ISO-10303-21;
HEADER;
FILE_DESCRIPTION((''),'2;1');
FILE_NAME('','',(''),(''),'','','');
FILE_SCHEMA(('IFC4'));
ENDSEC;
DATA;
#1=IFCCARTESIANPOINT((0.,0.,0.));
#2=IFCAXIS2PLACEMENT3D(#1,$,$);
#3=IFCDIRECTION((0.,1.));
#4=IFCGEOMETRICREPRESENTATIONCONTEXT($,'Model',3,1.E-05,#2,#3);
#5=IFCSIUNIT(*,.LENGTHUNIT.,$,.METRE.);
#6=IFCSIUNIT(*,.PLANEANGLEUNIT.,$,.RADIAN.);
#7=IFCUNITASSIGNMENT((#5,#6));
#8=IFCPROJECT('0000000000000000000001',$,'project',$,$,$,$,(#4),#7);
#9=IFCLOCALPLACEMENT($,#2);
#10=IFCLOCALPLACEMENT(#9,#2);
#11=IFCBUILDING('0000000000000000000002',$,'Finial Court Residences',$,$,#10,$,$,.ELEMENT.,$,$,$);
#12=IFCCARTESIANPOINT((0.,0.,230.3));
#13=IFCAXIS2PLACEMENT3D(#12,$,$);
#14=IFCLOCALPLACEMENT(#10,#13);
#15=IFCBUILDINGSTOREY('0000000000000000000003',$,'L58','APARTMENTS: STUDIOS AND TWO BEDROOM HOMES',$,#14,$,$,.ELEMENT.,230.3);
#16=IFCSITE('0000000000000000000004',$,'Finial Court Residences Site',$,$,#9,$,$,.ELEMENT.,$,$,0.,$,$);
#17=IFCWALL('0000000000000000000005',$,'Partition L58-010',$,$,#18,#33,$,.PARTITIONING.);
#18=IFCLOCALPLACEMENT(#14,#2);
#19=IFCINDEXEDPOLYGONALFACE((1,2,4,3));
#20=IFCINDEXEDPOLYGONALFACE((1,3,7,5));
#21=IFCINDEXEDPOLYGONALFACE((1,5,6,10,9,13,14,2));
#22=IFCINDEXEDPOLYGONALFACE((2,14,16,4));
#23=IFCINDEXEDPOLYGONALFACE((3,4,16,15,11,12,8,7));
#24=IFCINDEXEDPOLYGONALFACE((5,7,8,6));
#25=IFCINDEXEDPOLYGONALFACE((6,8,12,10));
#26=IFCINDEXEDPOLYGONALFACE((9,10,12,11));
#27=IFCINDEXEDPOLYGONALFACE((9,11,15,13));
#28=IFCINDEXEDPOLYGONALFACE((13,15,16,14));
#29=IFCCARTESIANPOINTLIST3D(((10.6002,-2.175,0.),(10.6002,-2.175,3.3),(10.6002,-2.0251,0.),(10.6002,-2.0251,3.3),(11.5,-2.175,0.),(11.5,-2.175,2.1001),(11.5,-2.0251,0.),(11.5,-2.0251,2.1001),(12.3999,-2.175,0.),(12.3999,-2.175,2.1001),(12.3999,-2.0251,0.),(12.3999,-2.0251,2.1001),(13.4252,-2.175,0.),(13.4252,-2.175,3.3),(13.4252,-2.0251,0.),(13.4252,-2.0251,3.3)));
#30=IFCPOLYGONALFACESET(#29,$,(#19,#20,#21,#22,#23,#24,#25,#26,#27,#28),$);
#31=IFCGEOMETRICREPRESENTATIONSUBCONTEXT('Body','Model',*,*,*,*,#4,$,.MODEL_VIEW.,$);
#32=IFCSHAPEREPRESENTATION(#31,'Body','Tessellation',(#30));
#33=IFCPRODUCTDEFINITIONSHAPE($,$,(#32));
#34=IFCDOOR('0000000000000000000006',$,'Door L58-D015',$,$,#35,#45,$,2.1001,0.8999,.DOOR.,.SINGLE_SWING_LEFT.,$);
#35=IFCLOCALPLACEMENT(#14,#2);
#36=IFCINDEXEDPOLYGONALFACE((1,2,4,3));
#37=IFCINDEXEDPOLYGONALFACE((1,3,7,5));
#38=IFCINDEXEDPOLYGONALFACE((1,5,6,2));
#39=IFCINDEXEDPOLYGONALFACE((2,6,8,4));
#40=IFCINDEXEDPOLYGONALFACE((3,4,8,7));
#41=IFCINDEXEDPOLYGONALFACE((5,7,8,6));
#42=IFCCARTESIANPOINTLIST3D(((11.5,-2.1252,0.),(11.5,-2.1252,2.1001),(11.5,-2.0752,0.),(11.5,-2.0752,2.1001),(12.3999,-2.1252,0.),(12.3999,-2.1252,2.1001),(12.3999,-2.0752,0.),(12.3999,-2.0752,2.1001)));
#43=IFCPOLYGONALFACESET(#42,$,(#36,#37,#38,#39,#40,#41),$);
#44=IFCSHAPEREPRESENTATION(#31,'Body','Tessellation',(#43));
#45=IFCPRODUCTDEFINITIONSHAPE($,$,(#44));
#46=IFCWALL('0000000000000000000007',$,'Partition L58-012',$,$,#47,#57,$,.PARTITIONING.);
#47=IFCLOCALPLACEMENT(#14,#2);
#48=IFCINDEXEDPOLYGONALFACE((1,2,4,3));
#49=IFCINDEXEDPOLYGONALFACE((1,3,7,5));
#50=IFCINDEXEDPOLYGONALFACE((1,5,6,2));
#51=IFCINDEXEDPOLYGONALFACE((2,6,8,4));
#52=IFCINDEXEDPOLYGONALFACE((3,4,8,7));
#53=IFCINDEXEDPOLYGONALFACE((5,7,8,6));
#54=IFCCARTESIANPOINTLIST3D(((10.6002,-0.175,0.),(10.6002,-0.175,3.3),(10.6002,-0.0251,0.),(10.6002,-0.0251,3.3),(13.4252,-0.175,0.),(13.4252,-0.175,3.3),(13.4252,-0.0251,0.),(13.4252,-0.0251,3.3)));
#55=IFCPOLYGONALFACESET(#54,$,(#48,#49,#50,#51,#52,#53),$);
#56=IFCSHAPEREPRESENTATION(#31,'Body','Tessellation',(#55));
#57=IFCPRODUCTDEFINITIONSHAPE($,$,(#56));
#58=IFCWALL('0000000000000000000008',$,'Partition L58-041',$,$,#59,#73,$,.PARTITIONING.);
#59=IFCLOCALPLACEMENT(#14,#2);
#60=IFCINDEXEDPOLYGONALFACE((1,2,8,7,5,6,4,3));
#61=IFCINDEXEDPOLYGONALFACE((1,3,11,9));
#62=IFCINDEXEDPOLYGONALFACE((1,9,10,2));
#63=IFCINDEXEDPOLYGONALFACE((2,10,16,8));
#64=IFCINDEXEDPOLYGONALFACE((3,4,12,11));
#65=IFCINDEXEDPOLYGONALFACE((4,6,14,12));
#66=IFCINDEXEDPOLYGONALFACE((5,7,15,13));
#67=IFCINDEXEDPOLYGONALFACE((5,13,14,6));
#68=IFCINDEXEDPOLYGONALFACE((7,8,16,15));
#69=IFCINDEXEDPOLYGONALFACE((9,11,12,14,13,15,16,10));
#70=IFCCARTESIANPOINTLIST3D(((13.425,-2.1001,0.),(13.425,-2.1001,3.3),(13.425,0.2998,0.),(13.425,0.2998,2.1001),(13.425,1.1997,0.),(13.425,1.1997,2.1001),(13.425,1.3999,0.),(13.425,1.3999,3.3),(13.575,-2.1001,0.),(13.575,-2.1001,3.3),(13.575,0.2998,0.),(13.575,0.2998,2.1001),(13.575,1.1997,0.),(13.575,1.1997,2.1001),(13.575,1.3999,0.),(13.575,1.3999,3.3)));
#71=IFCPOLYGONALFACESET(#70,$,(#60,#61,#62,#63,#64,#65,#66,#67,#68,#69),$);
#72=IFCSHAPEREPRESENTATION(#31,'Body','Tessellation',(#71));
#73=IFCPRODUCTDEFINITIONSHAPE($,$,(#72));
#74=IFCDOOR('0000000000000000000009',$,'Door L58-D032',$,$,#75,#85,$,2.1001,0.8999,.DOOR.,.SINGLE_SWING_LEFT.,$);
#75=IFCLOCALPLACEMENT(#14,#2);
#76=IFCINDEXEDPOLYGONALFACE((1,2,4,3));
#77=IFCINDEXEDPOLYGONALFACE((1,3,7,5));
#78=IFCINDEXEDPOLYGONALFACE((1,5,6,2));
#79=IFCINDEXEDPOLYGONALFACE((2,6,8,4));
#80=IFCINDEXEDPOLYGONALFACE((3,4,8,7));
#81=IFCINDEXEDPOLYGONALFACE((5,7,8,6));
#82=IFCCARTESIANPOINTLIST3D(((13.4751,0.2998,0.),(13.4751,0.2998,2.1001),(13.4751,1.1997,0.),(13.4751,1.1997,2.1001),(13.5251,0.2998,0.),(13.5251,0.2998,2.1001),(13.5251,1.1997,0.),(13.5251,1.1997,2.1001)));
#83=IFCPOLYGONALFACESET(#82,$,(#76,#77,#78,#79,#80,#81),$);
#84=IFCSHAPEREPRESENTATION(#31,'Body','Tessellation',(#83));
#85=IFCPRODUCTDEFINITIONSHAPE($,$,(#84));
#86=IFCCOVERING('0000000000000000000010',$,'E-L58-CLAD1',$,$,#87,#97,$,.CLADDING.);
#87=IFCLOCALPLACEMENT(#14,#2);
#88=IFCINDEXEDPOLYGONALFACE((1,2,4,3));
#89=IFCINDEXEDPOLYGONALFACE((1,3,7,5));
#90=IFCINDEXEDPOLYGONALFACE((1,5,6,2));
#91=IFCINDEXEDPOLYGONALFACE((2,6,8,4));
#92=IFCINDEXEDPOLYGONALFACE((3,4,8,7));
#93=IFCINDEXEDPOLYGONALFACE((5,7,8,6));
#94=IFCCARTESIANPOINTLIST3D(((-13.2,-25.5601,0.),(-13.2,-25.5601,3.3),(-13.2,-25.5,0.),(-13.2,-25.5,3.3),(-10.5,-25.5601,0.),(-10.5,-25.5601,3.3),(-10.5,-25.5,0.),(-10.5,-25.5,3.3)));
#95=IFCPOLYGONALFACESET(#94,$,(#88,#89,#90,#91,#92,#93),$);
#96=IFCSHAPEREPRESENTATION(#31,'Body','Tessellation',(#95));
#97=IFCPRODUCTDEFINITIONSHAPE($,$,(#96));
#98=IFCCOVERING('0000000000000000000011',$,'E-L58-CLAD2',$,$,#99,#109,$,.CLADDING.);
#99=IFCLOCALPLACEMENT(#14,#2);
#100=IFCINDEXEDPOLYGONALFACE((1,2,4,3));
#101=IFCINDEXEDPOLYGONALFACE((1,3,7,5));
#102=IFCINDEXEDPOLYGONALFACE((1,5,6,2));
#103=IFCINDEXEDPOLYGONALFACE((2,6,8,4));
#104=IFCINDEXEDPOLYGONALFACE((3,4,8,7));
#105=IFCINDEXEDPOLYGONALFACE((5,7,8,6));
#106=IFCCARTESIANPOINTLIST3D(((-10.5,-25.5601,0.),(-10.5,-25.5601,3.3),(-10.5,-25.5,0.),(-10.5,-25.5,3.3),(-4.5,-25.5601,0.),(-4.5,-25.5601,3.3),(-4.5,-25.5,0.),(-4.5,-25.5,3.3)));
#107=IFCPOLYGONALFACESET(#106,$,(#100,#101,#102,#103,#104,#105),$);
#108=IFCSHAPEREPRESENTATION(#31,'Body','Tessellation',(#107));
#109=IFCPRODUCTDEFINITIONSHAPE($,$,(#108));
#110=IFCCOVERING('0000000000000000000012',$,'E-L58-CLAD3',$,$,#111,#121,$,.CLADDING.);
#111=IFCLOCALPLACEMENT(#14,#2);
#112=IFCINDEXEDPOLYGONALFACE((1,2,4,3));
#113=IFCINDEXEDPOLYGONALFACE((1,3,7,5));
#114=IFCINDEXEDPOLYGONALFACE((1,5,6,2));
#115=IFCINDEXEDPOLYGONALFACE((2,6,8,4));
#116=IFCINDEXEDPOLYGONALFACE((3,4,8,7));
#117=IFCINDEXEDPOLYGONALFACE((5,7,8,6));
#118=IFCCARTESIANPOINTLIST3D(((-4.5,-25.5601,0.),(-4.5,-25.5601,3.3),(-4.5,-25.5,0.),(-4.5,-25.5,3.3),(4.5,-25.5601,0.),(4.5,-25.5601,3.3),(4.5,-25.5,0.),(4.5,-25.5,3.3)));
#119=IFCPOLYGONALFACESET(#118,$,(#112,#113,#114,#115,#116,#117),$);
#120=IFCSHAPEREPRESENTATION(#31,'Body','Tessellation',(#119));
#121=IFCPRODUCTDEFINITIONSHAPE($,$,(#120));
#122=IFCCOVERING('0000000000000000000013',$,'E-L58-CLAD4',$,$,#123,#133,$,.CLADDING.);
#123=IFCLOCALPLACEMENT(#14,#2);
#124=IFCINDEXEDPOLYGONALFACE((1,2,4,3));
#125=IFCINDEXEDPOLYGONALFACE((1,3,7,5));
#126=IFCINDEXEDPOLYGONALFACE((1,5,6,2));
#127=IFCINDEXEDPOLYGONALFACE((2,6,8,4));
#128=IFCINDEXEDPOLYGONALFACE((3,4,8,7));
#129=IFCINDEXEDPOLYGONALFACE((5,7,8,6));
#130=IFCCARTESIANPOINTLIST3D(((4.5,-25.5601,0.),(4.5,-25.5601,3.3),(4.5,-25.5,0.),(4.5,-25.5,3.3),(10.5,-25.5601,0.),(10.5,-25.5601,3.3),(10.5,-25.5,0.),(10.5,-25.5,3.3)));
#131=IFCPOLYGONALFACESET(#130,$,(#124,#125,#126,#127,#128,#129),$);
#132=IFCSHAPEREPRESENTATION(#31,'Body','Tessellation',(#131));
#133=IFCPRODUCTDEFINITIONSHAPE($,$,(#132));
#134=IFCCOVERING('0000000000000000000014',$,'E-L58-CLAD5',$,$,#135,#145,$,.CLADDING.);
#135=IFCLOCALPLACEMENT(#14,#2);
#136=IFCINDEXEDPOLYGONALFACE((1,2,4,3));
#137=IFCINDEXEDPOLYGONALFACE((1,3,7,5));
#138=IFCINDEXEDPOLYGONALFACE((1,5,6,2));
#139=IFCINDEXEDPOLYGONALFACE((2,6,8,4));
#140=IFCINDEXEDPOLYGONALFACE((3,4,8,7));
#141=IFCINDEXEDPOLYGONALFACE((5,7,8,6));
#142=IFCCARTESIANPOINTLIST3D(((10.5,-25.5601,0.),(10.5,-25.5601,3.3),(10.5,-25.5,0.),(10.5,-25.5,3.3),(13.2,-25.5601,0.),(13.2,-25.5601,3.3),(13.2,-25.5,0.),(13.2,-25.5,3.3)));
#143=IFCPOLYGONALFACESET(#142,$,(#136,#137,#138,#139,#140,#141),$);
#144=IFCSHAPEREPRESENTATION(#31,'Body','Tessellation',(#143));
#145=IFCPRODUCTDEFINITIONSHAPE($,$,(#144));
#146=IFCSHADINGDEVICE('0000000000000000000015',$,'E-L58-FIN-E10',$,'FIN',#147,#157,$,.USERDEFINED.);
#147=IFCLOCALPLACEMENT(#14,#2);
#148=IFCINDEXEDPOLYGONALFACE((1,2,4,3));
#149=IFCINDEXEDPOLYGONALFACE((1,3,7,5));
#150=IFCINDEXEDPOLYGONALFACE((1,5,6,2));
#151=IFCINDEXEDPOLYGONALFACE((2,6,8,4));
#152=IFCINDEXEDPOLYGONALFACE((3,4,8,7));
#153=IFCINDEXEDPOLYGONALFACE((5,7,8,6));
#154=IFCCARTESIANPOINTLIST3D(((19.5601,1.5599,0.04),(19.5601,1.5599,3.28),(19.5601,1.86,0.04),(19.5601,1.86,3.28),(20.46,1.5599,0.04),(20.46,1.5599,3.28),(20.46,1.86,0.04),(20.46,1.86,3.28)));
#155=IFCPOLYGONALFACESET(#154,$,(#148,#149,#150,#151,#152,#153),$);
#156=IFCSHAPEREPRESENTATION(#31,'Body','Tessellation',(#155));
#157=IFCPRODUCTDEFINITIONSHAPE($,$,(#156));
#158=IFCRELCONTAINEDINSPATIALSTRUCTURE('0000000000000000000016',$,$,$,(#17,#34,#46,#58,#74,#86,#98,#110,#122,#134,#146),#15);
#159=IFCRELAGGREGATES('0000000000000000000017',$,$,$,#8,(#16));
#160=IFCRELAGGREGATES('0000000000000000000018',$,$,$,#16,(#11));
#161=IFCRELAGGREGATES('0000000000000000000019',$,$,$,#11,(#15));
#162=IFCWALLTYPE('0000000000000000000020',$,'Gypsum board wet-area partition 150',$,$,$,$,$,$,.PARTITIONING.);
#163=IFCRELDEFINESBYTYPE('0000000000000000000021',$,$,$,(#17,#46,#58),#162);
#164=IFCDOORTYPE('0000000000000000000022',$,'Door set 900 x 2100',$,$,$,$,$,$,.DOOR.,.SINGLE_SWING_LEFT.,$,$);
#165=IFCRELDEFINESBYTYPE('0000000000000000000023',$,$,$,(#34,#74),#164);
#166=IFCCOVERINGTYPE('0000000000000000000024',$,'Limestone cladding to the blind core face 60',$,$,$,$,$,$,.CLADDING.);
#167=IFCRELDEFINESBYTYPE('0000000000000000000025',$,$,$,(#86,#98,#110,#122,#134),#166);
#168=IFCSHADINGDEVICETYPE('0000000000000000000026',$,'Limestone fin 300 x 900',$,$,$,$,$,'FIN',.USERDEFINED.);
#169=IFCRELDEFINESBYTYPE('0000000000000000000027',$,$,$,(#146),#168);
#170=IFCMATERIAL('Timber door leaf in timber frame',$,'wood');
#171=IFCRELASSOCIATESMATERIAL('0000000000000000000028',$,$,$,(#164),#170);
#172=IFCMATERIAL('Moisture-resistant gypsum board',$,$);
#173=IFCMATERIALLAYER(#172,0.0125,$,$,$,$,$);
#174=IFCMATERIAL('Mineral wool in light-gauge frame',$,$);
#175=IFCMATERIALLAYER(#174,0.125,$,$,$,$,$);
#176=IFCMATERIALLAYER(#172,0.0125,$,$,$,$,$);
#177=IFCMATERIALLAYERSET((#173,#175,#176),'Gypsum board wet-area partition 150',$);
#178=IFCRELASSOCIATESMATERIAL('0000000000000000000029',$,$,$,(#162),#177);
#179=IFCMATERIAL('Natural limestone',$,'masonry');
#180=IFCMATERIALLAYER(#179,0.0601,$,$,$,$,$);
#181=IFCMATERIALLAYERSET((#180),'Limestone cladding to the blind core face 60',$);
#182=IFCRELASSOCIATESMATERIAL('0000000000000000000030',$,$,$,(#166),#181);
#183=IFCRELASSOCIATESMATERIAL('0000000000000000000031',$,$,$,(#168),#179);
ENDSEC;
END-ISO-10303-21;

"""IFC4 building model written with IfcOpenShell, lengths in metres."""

from ifc_helpers import new_model, si_unit, direction, frame, frame_2d, origin, origin_2d, place, context, subcontext, project, spatial, polyline, rectangle, outline, extrude, material, layer, layer_set, type_object, element, fill, save


model = new_model("IFC4")

# Units and contexts
model_context = context("Model", 3, precision=1e-05, world=origin(), true_north=direction((0.0, 1.0)))
body_context = subcontext(model_context, "Body", "Model", "MODEL_VIEW")
ifc_project = project(units=[si_unit("LENGTHUNIT", "METRE"), si_unit("PLANEANGLEUNIT", "RADIAN")], contexts=[model_context])

# Site, building, storey
site_placement = place(None, origin())
site = spatial("IfcSite", under=ifc_project, at=site_placement, Name="Finial Court Residences Site", CompositionType="ELEMENT", RefElevation=0.0)
building_placement = place(site_placement, origin())
building = spatial("IfcBuilding", under=site, at=building_placement, Name="Finial Court Residences", CompositionType="ELEMENT")
storey_placement = place(building_placement, frame((0.0, 0.0, 230.3)))
storey = spatial("IfcBuildingStorey", under=building, at=storey_placement, Name="L58", Description="APARTMENTS: STUDIOS AND TWO BEDROOM HOMES", CompositionType="ELEMENT", Elevation=230.3)

# Shared definitions
ifc_material_1 = material(Name="Mineral wool in light-gauge frame")

# Shared definitions
ifc_material_2 = material(Name="Timber door leaf in timber frame", Category="wood")
door_type = type_object("IfcDoorType", Name="Door set 900 x 2100", OperationType="SINGLE_SWING_LEFT", PredefinedType="DOOR", material=ifc_material_2)

# Wall, opening, door
ifc_material_3 = material(Name="Moisture-resistant gypsum board")
ifc_layer_1 = layer(ifc_material_3, 0.0125)
ifc_layer_2 = layer(ifc_material_1, 0.125)
ifc_layer_3 = layer(ifc_material_3, 0.0125)
ifc_layer_set_1 = layer_set([ifc_layer_1, ifc_layer_2, ifc_layer_3], Name="Gypsum board wet-area partition 150")
wall_type_1 = type_object("IfcWallType", Name="Gypsum board wet-area partition 150", PredefinedType="PARTITIONING", material=ifc_layer_set_1)
wall_1_placement = place(storey_placement, frame((10.6001, -2.1001, 0.0), z_axis=(0.0, 0.0, 1.0), x_axis=(1.0, 0.0, 0.0)))
wall_1 = element("IfcWall", 1, at=wall_1_placement, inside=storey, type_object=wall_type_1, Name="Partition L58-010", PredefinedType="PARTITIONING", context=body_context, shape_type="SweptSolid", body=[
    extrude(rectangle(XDim=2.825, YDim=0.1499, at=frame_2d((1.4126, 0.0))), origin(), (0.0, 0.0, 1.0), 3.3),
])
opening_1_placement = place(wall_1_placement, frame((0.8999, 0.0, 0.0)))
opening_1 = element("IfcOpeningElement", 2, at=opening_1_placement, cuts=wall_1, PredefinedType="OPENING", context=body_context, shape_type="SweptSolid", body=[
    extrude(rectangle(XDim=0.8999, YDim=2.1001, at=frame_2d((0.45, 1.05))), frame((0.0, 0.085, 0.0), z_axis=(0.0, -1.0, 0.0), x_axis=(1.0, 0.0, 0.0)), (0.0, 0.0, 1.0), 0.1699),
])
door_1_placement = place(opening_1_placement, origin())
door_1 = element("IfcDoor", 3, at=door_1_placement, inside=storey, type_object=door_type, Name="Door L58-D015", OperationType="SINGLE_SWING_LEFT", OverallHeight=2.1001, OverallWidth=0.8999, PredefinedType="DOOR", context=body_context, shape_type="SweptSolid", body=[
    extrude(rectangle(XDim=0.8999, YDim=2.1001, at=frame_2d((0.45, 1.05))), frame((0.0, 0.0249, 0.0), z_axis=(0.0, -1.0, 0.0), x_axis=(1.0, 0.0, 0.0)), (0.0, 0.0, 1.0), 0.05),
])
fill(opening_1, door_1)

# Wall
wall_2_placement = place(storey_placement, frame((10.6001, -0.1001, 0.0), z_axis=(0.0, 0.0, 1.0), x_axis=(1.0, 0.0, 0.0)))
element("IfcWall", 4, at=wall_2_placement, inside=storey, type_object=wall_type_1, Name="Partition L58-012", PredefinedType="PARTITIONING", context=body_context, shape_type="SweptSolid", body=[
    extrude(rectangle(XDim=2.825, YDim=0.1499, at=frame_2d((1.4126, 0.0))), origin(), (0.0, 0.0, 1.0), 3.3),
])

# Wall, opening, door
wall_3_placement = place(storey_placement, frame((13.5, -2.1001, 0.0), z_axis=(0.0, 0.0, 1.0), x_axis=(0.0, 1.0, 0.0)))
wall_3 = element("IfcWall", 5, at=wall_3_placement, inside=storey, type_object=wall_type_1, Name="Partition L58-041", PredefinedType="PARTITIONING", context=body_context, shape_type="SweptSolid", body=[
    extrude(rectangle(XDim=3.5, YDim=0.1499, at=frame_2d((1.75, 0.0))), origin(), (0.0, 0.0, 1.0), 3.3),
])
opening_2_placement = place(wall_3_placement, frame((2.3999, 0.0, 0.0)))
opening_2 = element("IfcOpeningElement", 6, at=opening_2_placement, cuts=wall_3, PredefinedType="OPENING", context=body_context, shape_type="SweptSolid", body=[
    extrude(rectangle(XDim=0.8999, YDim=2.1001, at=frame_2d((0.45, 1.05))), frame((0.0, 0.085, 0.0), z_axis=(0.0, -1.0, 0.0), x_axis=(1.0, 0.0, 0.0)), (0.0, 0.0, 1.0), 0.1699),
])
door_2_placement = place(opening_2_placement, origin())
door_2 = element("IfcDoor", 7, at=door_2_placement, inside=storey, type_object=door_type, Name="Door L58-D032", OperationType="SINGLE_SWING_LEFT", OverallHeight=2.1001, OverallWidth=0.8999, PredefinedType="DOOR", context=body_context, shape_type="SweptSolid", body=[
    extrude(rectangle(XDim=0.8999, YDim=2.1001, at=frame_2d((0.45, 1.05))), frame((0.0, 0.0249, 0.0), z_axis=(0.0, -1.0, 0.0), x_axis=(1.0, 0.0, 0.0)), (0.0, 0.0, 1.0), 0.05),
])
fill(opening_2, door_2)

# Coverings
ifc_material_4 = material(Name="Natural limestone", Category="masonry")
ifc_layer_4 = layer(ifc_material_4, 0.0601)
ifc_layer_set_2 = layer_set([ifc_layer_4], Name="Limestone cladding to the blind core face 60")
covering_type_1 = type_object("IfcCoveringType", Name="Limestone cladding to the blind core face 60", PredefinedType="CLADDING", material=ifc_layer_set_2)
covering_1_placement = place(storey_placement, origin())
element("IfcCovering", 8, at=covering_1_placement, inside=storey, type_object=covering_type_1, Name="E-L58-CLAD1", PredefinedType="CLADDING", context=body_context, shape_type="SweptSolid", body=[
    extrude(outline(polyline([(-10.5, -25.5601), (-10.5, -25.5), (-13.2, -25.5), (-13.2, -25.5601), (-10.5, -25.5601)])), origin(), (0.0, 0.0, 1.0), 3.3),
])
covering_2_placement = place(storey_placement, origin())
element("IfcCovering", 9, at=covering_2_placement, inside=storey, type_object=covering_type_1, Name="E-L58-CLAD2", PredefinedType="CLADDING", context=body_context, shape_type="SweptSolid", body=[
    extrude(outline(polyline([(-4.5, -25.5601), (-4.5, -25.5), (-10.5, -25.5), (-10.5, -25.5601), (-4.5, -25.5601)])), origin(), (0.0, 0.0, 1.0), 3.3),
])
covering_3_placement = place(storey_placement, origin())
element("IfcCovering", 10, at=covering_3_placement, inside=storey, type_object=covering_type_1, Name="E-L58-CLAD3", PredefinedType="CLADDING", context=body_context, shape_type="SweptSolid", body=[
    extrude(outline(polyline([(4.5, -25.5601), (4.5, -25.5), (-4.5, -25.5), (-4.5, -25.5601), (4.5, -25.5601)])), origin(), (0.0, 0.0, 1.0), 3.3),
])
covering_4_placement = place(storey_placement, origin())
element("IfcCovering", 11, at=covering_4_placement, inside=storey, type_object=covering_type_1, Name="E-L58-CLAD4", PredefinedType="CLADDING", context=body_context, shape_type="SweptSolid", body=[
    extrude(outline(polyline([(10.5, -25.5601), (10.5, -25.5), (4.5, -25.5), (4.5, -25.5601), (10.5, -25.5601)])), origin(), (0.0, 0.0, 1.0), 3.3),
])
covering_5_placement = place(storey_placement, origin())
element("IfcCovering", 12, at=covering_5_placement, inside=storey, type_object=covering_type_1, Name="E-L58-CLAD5", PredefinedType="CLADDING", context=body_context, shape_type="SweptSolid", body=[
    extrude(outline(polyline([(13.2, -25.5601), (13.2, -25.5), (10.5, -25.5), (10.5, -25.5601), (13.2, -25.5601)])), origin(), (0.0, 0.0, 1.0), 3.3),
])

# Shading device
shading_device_type = type_object("IfcShadingDeviceType", Name="Limestone fin 300 x 900", ElementType="FIN", PredefinedType="USERDEFINED", material=ifc_material_4)
shading_device_placement = place(storey_placement, frame((20.01, 1.71, 0.04), z_axis=(0.0, 0.0, 1.0), x_axis=(1.0, 0.0, 0.0)))
element("IfcShadingDevice", 13, at=shading_device_placement, inside=storey, type_object=shading_device_type, Name="E-L58-FIN-E10", ObjectType="FIN", PredefinedType="USERDEFINED", context=body_context, shape_type="SweptSolid", body=[
    extrude(rectangle(XDim=0.8999, YDim=0.3, at=origin_2d()), origin(), (0.0, 0.0, 1.0), 3.24),
])

save(model, "model.ifc")
